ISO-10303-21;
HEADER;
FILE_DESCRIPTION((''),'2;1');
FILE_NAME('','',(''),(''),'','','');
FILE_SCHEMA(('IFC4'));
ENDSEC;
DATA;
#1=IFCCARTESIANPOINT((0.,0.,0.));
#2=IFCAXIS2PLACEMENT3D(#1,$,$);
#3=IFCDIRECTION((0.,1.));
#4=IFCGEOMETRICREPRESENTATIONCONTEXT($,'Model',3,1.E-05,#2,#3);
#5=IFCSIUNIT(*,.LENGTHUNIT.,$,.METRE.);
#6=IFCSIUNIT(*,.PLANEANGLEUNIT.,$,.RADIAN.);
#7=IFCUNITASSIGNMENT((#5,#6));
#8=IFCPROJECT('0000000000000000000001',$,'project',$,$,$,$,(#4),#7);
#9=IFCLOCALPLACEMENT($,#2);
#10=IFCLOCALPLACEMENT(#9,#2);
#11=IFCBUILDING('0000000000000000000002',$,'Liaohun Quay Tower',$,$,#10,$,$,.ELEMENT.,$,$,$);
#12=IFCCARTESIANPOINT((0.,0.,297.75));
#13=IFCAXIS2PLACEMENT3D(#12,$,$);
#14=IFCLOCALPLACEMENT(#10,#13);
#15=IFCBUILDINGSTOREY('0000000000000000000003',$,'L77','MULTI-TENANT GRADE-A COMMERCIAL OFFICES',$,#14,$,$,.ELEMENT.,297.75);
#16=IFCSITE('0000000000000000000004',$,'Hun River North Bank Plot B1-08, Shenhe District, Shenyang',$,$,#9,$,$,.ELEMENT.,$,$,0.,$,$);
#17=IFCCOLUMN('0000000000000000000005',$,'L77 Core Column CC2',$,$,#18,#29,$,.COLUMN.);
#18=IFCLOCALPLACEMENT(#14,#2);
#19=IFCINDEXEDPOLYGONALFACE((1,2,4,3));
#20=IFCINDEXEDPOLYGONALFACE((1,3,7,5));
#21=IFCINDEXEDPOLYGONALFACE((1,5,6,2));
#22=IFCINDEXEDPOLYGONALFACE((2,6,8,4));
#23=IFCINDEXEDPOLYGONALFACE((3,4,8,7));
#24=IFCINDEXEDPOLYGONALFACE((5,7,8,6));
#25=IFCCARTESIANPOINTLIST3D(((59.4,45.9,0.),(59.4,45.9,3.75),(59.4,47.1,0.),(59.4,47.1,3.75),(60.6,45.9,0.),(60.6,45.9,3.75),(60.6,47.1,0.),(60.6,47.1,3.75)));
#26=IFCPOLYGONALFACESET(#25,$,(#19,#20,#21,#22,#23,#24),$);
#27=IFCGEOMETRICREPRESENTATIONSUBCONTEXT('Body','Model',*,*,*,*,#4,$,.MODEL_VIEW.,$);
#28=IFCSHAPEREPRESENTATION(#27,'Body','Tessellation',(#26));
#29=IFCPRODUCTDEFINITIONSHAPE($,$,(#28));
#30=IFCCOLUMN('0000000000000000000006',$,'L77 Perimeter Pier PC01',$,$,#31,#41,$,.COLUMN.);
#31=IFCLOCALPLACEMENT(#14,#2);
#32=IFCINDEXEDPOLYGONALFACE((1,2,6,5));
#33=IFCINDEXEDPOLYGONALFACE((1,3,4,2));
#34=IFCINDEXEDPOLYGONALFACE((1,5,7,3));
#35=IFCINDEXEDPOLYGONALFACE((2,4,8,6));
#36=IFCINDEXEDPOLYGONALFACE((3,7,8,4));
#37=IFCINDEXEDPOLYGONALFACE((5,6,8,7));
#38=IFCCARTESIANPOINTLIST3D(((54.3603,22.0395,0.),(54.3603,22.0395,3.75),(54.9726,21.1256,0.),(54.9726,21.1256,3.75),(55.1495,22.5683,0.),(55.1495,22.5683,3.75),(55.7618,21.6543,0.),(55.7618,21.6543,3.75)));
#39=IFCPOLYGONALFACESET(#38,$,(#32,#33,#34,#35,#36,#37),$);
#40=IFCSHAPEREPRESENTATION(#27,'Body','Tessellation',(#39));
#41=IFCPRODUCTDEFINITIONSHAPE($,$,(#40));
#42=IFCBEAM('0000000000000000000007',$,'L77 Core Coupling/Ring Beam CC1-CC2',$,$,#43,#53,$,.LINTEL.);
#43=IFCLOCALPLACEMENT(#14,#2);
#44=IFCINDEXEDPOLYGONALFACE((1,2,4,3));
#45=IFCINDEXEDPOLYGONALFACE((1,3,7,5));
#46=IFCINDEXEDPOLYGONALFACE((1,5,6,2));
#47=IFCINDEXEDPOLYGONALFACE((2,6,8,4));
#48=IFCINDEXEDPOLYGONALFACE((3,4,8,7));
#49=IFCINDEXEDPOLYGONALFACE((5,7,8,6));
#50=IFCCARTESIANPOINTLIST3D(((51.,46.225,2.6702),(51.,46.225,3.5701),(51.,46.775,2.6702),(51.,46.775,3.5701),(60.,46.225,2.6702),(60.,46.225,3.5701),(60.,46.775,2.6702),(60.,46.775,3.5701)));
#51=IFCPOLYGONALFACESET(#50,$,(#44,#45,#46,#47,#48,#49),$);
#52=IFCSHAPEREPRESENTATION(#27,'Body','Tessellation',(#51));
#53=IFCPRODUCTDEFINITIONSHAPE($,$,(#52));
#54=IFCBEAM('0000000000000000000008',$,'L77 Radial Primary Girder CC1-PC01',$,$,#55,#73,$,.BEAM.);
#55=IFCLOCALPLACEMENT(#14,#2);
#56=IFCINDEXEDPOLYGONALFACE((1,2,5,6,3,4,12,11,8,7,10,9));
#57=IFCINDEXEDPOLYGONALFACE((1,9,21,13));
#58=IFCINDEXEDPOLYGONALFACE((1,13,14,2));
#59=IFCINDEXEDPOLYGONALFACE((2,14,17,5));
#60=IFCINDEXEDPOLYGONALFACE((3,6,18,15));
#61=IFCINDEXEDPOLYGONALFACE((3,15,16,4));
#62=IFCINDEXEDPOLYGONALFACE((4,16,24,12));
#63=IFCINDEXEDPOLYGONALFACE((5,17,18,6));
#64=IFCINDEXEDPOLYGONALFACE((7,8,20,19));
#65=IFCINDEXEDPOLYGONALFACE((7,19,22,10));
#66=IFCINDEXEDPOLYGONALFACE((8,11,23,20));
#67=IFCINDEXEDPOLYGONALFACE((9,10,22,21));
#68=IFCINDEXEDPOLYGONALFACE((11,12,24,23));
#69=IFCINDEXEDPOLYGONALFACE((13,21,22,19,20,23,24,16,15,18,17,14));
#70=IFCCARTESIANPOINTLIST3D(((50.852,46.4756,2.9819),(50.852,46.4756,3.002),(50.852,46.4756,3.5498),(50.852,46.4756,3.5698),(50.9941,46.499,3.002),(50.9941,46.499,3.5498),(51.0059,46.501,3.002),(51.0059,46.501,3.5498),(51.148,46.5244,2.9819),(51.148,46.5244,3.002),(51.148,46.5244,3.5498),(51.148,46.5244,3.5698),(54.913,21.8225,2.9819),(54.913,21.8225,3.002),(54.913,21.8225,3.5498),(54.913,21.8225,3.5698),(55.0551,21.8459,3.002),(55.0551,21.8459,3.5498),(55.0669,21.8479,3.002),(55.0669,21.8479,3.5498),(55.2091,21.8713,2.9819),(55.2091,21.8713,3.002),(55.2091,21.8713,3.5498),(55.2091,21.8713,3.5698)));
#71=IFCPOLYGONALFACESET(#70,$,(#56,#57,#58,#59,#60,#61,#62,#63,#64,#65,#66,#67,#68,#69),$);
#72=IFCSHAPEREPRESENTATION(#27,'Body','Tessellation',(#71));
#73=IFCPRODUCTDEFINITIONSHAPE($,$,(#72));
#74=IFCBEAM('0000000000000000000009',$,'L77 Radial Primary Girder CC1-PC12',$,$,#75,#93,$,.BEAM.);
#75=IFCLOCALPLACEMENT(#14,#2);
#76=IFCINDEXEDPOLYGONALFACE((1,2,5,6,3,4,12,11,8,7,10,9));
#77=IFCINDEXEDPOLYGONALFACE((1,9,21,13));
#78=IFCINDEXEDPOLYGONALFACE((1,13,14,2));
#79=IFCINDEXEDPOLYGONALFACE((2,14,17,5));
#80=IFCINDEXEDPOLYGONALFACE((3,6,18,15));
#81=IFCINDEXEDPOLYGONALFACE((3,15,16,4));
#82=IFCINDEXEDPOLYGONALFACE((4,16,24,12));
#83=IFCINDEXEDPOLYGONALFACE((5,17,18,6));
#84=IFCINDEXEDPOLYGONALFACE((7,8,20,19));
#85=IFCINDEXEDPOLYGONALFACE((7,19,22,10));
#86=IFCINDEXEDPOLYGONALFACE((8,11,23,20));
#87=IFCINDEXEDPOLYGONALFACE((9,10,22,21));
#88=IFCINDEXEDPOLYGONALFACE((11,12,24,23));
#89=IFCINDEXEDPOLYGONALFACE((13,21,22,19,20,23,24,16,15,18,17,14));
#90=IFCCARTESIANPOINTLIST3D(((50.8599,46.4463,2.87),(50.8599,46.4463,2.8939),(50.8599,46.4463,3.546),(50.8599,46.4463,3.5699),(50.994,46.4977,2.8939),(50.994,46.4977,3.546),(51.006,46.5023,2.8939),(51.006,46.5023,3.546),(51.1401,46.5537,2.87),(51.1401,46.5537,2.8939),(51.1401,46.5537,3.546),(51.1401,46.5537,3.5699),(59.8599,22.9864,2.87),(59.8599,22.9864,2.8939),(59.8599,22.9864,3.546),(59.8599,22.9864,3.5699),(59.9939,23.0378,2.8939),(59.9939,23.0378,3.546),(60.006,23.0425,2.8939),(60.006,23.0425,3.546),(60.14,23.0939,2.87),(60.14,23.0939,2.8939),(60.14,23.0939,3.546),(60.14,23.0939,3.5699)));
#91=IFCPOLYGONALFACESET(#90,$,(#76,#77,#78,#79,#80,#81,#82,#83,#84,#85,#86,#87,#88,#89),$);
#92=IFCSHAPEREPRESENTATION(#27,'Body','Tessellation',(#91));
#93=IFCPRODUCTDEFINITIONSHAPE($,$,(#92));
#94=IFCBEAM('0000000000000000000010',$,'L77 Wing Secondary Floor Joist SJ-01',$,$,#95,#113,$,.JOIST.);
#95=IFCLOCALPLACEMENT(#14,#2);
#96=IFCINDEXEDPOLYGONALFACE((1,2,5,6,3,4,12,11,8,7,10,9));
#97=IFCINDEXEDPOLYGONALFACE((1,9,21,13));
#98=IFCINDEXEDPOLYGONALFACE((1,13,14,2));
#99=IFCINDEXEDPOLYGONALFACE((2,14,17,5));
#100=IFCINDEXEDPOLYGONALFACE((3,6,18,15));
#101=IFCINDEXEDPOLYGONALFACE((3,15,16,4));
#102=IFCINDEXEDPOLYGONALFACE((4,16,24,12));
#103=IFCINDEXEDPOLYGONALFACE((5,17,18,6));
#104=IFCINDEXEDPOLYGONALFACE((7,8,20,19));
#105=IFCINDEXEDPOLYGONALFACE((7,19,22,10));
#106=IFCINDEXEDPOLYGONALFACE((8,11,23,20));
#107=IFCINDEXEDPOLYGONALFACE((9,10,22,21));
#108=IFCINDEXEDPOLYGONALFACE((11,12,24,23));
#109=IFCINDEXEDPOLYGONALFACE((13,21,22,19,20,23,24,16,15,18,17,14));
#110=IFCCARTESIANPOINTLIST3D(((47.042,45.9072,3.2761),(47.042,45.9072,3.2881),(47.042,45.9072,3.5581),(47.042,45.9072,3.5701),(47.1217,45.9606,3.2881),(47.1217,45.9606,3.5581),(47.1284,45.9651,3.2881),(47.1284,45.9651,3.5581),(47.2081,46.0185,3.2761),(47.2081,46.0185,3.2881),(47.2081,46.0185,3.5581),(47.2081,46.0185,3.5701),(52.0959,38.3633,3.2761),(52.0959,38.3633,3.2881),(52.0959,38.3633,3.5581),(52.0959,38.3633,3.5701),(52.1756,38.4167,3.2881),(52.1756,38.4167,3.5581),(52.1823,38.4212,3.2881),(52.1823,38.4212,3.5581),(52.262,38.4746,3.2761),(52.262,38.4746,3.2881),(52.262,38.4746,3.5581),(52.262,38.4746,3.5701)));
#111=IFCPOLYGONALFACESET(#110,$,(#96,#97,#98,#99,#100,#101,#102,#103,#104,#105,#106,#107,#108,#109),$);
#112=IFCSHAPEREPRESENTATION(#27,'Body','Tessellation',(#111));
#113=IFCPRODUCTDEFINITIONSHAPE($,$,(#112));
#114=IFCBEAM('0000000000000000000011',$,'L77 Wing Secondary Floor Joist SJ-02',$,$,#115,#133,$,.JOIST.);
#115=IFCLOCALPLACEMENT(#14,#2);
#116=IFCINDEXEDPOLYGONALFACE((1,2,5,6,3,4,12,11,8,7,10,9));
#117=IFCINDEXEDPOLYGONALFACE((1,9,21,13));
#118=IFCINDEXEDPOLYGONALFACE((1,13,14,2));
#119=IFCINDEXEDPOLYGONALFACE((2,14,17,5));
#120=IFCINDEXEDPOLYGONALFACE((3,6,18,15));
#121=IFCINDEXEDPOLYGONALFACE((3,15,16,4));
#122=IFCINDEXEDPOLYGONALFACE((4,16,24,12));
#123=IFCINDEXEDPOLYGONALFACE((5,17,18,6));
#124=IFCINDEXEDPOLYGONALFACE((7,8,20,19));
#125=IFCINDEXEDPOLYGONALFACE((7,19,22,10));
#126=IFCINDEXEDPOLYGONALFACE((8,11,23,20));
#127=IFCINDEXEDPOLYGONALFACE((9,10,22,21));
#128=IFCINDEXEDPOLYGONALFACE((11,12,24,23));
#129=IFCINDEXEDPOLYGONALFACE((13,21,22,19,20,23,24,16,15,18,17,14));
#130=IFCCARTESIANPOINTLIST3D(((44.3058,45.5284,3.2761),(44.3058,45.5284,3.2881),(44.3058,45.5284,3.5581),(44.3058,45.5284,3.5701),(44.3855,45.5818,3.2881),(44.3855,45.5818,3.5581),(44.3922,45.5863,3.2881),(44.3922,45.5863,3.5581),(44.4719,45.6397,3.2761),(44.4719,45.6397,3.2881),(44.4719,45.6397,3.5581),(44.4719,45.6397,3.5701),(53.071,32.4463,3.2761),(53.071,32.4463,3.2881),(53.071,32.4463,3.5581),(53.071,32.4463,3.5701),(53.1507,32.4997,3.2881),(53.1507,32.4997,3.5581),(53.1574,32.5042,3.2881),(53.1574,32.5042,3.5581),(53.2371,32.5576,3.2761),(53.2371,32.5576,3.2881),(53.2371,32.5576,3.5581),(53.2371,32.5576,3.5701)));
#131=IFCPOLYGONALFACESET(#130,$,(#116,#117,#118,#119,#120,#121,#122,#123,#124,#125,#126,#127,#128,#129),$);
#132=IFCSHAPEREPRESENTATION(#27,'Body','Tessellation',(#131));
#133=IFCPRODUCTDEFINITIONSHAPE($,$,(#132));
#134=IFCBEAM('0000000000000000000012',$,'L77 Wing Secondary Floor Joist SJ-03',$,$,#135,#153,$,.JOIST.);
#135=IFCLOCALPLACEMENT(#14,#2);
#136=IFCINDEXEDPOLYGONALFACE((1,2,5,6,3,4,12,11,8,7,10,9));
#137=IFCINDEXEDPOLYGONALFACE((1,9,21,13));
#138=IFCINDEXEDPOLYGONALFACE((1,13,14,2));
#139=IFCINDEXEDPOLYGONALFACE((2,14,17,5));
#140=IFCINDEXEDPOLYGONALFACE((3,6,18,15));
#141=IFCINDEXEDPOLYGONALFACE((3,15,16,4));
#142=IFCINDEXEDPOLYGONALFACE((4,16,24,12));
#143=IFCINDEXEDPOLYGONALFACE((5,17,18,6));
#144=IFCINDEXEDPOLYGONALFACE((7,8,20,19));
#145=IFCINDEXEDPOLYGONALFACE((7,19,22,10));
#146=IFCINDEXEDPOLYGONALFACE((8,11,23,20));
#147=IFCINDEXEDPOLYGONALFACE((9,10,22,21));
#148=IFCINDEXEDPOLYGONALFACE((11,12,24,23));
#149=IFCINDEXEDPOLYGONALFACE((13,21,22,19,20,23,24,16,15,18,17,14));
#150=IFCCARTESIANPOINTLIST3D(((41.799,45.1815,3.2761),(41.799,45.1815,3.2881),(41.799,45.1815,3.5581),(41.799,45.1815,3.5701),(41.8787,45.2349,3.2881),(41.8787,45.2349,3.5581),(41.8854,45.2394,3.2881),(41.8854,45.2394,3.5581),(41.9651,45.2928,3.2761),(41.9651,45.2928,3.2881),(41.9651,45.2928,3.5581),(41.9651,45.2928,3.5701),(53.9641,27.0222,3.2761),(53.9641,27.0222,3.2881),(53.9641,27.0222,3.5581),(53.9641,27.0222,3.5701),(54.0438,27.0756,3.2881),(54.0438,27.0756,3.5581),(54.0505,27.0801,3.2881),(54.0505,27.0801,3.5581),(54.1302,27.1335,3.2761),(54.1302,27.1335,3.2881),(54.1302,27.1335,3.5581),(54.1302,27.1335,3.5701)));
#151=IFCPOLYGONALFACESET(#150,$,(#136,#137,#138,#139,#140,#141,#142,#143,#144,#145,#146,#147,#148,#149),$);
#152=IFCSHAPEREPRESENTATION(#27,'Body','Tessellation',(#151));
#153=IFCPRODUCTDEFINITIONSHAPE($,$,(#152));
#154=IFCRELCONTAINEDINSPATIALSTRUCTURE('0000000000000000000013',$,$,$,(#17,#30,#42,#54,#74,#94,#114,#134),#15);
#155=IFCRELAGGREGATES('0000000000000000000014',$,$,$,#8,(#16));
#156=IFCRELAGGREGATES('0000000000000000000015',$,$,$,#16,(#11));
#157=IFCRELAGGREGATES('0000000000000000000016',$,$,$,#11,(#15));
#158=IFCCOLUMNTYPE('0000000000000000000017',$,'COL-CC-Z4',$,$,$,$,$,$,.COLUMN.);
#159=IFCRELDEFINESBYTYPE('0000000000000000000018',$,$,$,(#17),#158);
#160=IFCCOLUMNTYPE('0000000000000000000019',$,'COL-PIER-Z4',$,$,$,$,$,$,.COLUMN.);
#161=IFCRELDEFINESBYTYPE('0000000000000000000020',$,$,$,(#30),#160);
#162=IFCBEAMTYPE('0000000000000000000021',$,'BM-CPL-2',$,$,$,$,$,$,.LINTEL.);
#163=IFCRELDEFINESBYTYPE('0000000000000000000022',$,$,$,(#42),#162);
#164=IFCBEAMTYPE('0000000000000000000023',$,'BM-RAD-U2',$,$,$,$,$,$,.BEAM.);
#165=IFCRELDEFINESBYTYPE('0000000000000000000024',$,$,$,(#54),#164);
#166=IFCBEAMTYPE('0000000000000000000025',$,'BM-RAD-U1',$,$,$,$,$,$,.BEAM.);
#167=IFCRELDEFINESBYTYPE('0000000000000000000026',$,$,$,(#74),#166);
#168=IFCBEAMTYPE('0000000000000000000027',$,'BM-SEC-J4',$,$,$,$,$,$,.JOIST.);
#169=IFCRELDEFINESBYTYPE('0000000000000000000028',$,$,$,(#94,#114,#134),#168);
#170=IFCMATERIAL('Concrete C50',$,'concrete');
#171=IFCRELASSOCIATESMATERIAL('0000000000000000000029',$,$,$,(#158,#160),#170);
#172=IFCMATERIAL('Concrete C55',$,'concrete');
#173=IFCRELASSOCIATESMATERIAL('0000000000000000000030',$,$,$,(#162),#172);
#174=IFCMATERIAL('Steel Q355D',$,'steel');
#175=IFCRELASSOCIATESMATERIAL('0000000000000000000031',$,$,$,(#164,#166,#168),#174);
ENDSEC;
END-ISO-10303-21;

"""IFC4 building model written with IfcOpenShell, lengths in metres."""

from ifc_helpers import new_model, si_unit, direction, frame, origin, origin_2d, place, context, subcontext, project, spatial, rectangle, i_section, extrude, source, transform, mapped, material, material_profile, profile_set, type_object, element, save


model = new_model("IFC4")

# Units and contexts
model_context = context("Model", 3, precision=1e-05, world=origin(), true_north=direction((0.0, 1.0)))
body_context = subcontext(model_context, "Body", "Model", "MODEL_VIEW")
ifc_project = project(units=[si_unit("LENGTHUNIT", "METRE"), si_unit("PLANEANGLEUNIT", "RADIAN")], contexts=[model_context])

# Site, building, storey
site_placement = place(None, origin())
site = spatial("IfcSite", under=ifc_project, at=site_placement, Name="Hun River North Bank Plot B1-08, Shenhe District, Shenyang", CompositionType="ELEMENT", RefElevation=0.0)
building_placement = place(site_placement, origin())
building = spatial("IfcBuilding", under=site, at=building_placement, Name="Liaohun Quay Tower", CompositionType="ELEMENT")
storey_placement = place(building_placement, frame((0.0, 0.0, 297.75)))
storey = spatial("IfcBuildingStorey", under=building, at=storey_placement, Name="L77", Description="MULTI-TENANT GRADE-A COMMERCIAL OFFICES", CompositionType="ELEMENT", Elevation=297.75)

# Columns
ifc_material_1 = material(Name="Concrete C50", Category="concrete")
ifc_material_profile_1 = material_profile(ifc_material_1, rectangle(XDim=1.2, YDim=1.2, at=origin_2d()), Name="RC1200x1200")
ifc_profile_set_1 = profile_set([ifc_material_profile_1], Name="Concrete C50")
column_type_1 = type_object("IfcColumnType", Name="COL-CC-Z4", PredefinedType="COLUMN", material=ifc_profile_set_1)
shared_shape_1 = source(origin(), body_context, "Body", "SweptSolid", [
    extrude(rectangle(XDim=1.2, YDim=1.2, at=origin_2d()), origin(), (0.0, 0.0, 1.0), 3.75),
])
column_1_placement = place(storey_placement, frame((60.0, 46.5, 0.0), z_axis=(0.0, 0.0, 1.0), x_axis=(1.0, 0.0, 0.0)))
element("IfcColumn", 1, at=column_1_placement, inside=storey, type_object=column_type_1, Name="L77 Core Column CC2", PredefinedType="COLUMN", context=body_context, shape_type="MappedRepresentation", body=[
    mapped(shared_shape_1, transform((0.0, 0.0, 0.0), x_axis=(1.0, 0.0, 0.0), y_axis=(0.0, 1.0, 0.0), z_axis=(0.0, 0.0, 1.0), scale=1.0)),
])
ifc_material_profile_2 = material_profile(ifc_material_1, rectangle(XDim=1.1001, YDim=0.95, at=origin_2d()), Name="RC1100x950")
ifc_profile_set_2 = profile_set([ifc_material_profile_2], Name="Concrete C50")
column_type_2 = type_object("IfcColumnType", Name="COL-PIER-Z4", PredefinedType="COLUMN", material=ifc_profile_set_2)
shared_shape_2 = source(origin(), body_context, "Body", "SweptSolid", [
    extrude(rectangle(XDim=1.1001, YDim=0.95, at=origin_2d()), origin(), (0.0, 0.0, 1.0), 3.75),
])
column_2_placement = place(storey_placement, frame((55.061, 21.8469, 0.0), z_axis=(0.0, 0.0, 1.0), x_axis=(-0.556586, 0.83079, 0.0)))
element("IfcColumn", 2, at=column_2_placement, inside=storey, type_object=column_type_2, Name="L77 Perimeter Pier PC01", PredefinedType="COLUMN", context=body_context, shape_type="MappedRepresentation", body=[
    mapped(shared_shape_2, transform((0.0, 0.0, 0.0), x_axis=(1.0, 0.0, 0.0), y_axis=(0.0, 1.0, 0.0), z_axis=(0.0, 0.0, 1.0), scale=1.0)),
])

# Beams
ifc_material_2 = material(Name="Concrete C55", Category="concrete")
ifc_material_profile_3 = material_profile(ifc_material_2, rectangle(XDim=0.55, YDim=0.8999, at=origin_2d()), Name="RC550x900")
ifc_profile_set_3 = profile_set([ifc_material_profile_3], Name="Concrete C55")
beam_type_1 = type_object("IfcBeamType", Name="BM-CPL-2", PredefinedType="LINTEL", material=ifc_profile_set_3)
shared_shape_3 = source(origin(), body_context, "Body", "SweptSolid", [
    extrude(rectangle(XDim=0.55, YDim=0.8999, at=origin_2d()), origin(), (0.0, 0.0, 1.0), 9.0),
])
beam_1_placement = place(storey_placement, frame((51.0, 46.5, 3.1201), z_axis=(1.0, 0.0, 0.0), x_axis=(0.0, 1.0, 0.0)))
element("IfcBeam", 3, at=beam_1_placement, inside=storey, type_object=beam_type_1, Name="L77 Core Coupling/Ring Beam CC1-CC2", PredefinedType="LINTEL", context=body_context, shape_type="MappedRepresentation", body=[
    mapped(shared_shape_3, transform((0.0, 0.0, 0.0), x_axis=(1.0, 0.0, 0.0), y_axis=(0.0, 1.0, 0.0), z_axis=(0.0, 0.0, 1.0), scale=1.0)),
])
ifc_material_3 = material(Name="Steel Q355D", Category="steel")
ifc_material_profile_4 = material_profile(ifc_material_3, i_section(OverallWidth=0.3, OverallDepth=0.5879, WebThickness=0.012, FlangeThickness=0.02, at=origin_2d()), Name="HM588x300x12x20")
ifc_profile_set_4 = profile_set([ifc_material_profile_4], Name="Steel Q355D")
beam_type_2 = type_object("IfcBeamType", Name="BM-RAD-U2", PredefinedType="BEAM", material=ifc_profile_set_4)
shared_shape_4 = source(origin(), body_context, "Body", "SweptSolid", [
    extrude(i_section(OverallWidth=0.3, OverallDepth=0.5879, WebThickness=0.012, FlangeThickness=0.02, at=origin_2d()), origin(), (0.0, 0.0, 1.0), 24.9854),
])
beam_2_placement = place(storey_placement, frame((51.0, 46.5, 3.2759), z_axis=(0.162537, -0.986702, 0.0), x_axis=(0.986702, 0.162537, 0.0)))
element("IfcBeam", 4, at=beam_2_placement, inside=storey, type_object=beam_type_2, Name="L77 Radial Primary Girder CC1-PC01", PredefinedType="BEAM", context=body_context, shape_type="MappedRepresentation", body=[
    mapped(shared_shape_4, transform((0.0, 0.0, 0.0), x_axis=(1.0, 0.0, 0.0), y_axis=(0.0, 1.0, 0.0), z_axis=(0.0, 0.0, 1.0), scale=1.0)),
])
ifc_material_profile_5 = material_profile(ifc_material_3, i_section(OverallWidth=0.3, OverallDepth=0.7, WebThickness=0.0129, FlangeThickness=0.0239, at=origin_2d()), Name="HN700x300x13x24")
ifc_profile_set_5 = profile_set([ifc_material_profile_5], Name="Steel Q355D")
beam_type_3 = type_object("IfcBeamType", Name="BM-RAD-U1", PredefinedType="BEAM", material=ifc_profile_set_5)
shared_shape_5 = source(origin(), body_context, "Body", "SweptSolid", [
    extrude(i_section(OverallWidth=0.3, OverallDepth=0.7, WebThickness=0.0129, FlangeThickness=0.0239, at=origin_2d()), origin(), (0.0, 0.0, 1.0), 25.127),
])
beam_3_placement = place(storey_placement, frame((51.0, 46.5, 3.22), z_axis=(0.358179, -0.933653, 0.0), x_axis=(0.933653, 0.358179, 0.0)))
element("IfcBeam", 5, at=beam_3_placement, inside=storey, type_object=beam_type_3, Name="L77 Radial Primary Girder CC1-PC12", PredefinedType="BEAM", context=body_context, shape_type="MappedRepresentation", body=[
    mapped(shared_shape_5, transform((0.0, 0.0, 0.0), x_axis=(1.0, 0.0, 0.0), y_axis=(0.0, 1.0, 0.0), z_axis=(0.0, 0.0, 1.0), scale=1.0)),
])
ifc_material_profile_6 = material_profile(ifc_material_3, i_section(OverallWidth=0.2, OverallDepth=0.2939, WebThickness=0.0081, FlangeThickness=0.012, at=origin_2d()), Name="HM294x200x8x12")
ifc_profile_set_6 = profile_set([ifc_material_profile_6], Name="Steel Q355D")
beam_type_4 = type_object("IfcBeamType", Name="BM-SEC-J4", PredefinedType="JOIST", material=ifc_profile_set_6)
shared_shape_6 = source(origin(), body_context, "Body", "SweptSolid", [
    extrude(i_section(OverallWidth=0.2, OverallDepth=0.2939, WebThickness=0.0081, FlangeThickness=0.012, at=origin_2d()), origin(), (0.0, 0.0, 1.0), 9.0803),
])
beam_4_placement = place(storey_placement, frame((52.179, 38.4189, 3.4231), z_axis=(-0.556579, 0.830795, 0.0), x_axis=(-0.830795, -0.556579, 0.0)))
element("IfcBeam", 6, at=beam_4_placement, inside=storey, type_object=beam_type_4, Name="L77 Wing Secondary Floor Joist SJ-01", PredefinedType="JOIST", context=body_context, shape_type="MappedRepresentation", body=[
    mapped(shared_shape_6, transform((0.0, 0.0, 0.0), x_axis=(1.0, 0.0, 0.0), y_axis=(0.0, 1.0, 0.0), z_axis=(0.0, 0.0, 1.0), scale=1.0)),
])
shared_shape_7 = source(origin(), body_context, "Body", "SweptSolid", [
    extrude(i_section(OverallWidth=0.2, OverallDepth=0.2939, WebThickness=0.0081, FlangeThickness=0.012, at=origin_2d()), origin(), (0.0, 0.0, 1.0), 15.7471),
])
beam_5_placement = place(storey_placement, frame((53.1541, 32.502, 3.4231), z_axis=(-0.556624, 0.830765, 0.0), x_axis=(-0.830765, -0.556624, 0.0)))
element("IfcBeam", 7, at=beam_5_placement, inside=storey, type_object=beam_type_4, Name="L77 Wing Secondary Floor Joist SJ-02", PredefinedType="JOIST", context=body_context, shape_type="MappedRepresentation", body=[
    mapped(shared_shape_7, transform((0.0, 0.0, 0.0), x_axis=(1.0, 0.0, 0.0), y_axis=(0.0, 1.0, 0.0), z_axis=(0.0, 0.0, 1.0), scale=1.0)),
])
shared_shape_8 = source(origin(), body_context, "Body", "SweptSolid", [
    extrude(i_section(OverallWidth=0.2, OverallDepth=0.2939, WebThickness=0.0081, FlangeThickness=0.012, at=origin_2d()), origin(), (0.0, 0.0, 1.0), 21.8574),
])
beam_6_placement = place(storey_placement, frame((54.0471, 27.0779, 3.4231), z_axis=(-0.556565, 0.830804, 0.0), x_axis=(-0.830804, -0.556565, 0.0)))
element("IfcBeam", 8, at=beam_6_placement, inside=storey, type_object=beam_type_4, Name="L77 Wing Secondary Floor Joist SJ-03", PredefinedType="JOIST", context=body_context, shape_type="MappedRepresentation", body=[
    mapped(shared_shape_8, transform((0.0, 0.0, 0.0), x_axis=(1.0, 0.0, 0.0), y_axis=(0.0, 1.0, 0.0), z_axis=(0.0, 0.0, 1.0), scale=1.0)),
])

save(model, "model.ifc")
